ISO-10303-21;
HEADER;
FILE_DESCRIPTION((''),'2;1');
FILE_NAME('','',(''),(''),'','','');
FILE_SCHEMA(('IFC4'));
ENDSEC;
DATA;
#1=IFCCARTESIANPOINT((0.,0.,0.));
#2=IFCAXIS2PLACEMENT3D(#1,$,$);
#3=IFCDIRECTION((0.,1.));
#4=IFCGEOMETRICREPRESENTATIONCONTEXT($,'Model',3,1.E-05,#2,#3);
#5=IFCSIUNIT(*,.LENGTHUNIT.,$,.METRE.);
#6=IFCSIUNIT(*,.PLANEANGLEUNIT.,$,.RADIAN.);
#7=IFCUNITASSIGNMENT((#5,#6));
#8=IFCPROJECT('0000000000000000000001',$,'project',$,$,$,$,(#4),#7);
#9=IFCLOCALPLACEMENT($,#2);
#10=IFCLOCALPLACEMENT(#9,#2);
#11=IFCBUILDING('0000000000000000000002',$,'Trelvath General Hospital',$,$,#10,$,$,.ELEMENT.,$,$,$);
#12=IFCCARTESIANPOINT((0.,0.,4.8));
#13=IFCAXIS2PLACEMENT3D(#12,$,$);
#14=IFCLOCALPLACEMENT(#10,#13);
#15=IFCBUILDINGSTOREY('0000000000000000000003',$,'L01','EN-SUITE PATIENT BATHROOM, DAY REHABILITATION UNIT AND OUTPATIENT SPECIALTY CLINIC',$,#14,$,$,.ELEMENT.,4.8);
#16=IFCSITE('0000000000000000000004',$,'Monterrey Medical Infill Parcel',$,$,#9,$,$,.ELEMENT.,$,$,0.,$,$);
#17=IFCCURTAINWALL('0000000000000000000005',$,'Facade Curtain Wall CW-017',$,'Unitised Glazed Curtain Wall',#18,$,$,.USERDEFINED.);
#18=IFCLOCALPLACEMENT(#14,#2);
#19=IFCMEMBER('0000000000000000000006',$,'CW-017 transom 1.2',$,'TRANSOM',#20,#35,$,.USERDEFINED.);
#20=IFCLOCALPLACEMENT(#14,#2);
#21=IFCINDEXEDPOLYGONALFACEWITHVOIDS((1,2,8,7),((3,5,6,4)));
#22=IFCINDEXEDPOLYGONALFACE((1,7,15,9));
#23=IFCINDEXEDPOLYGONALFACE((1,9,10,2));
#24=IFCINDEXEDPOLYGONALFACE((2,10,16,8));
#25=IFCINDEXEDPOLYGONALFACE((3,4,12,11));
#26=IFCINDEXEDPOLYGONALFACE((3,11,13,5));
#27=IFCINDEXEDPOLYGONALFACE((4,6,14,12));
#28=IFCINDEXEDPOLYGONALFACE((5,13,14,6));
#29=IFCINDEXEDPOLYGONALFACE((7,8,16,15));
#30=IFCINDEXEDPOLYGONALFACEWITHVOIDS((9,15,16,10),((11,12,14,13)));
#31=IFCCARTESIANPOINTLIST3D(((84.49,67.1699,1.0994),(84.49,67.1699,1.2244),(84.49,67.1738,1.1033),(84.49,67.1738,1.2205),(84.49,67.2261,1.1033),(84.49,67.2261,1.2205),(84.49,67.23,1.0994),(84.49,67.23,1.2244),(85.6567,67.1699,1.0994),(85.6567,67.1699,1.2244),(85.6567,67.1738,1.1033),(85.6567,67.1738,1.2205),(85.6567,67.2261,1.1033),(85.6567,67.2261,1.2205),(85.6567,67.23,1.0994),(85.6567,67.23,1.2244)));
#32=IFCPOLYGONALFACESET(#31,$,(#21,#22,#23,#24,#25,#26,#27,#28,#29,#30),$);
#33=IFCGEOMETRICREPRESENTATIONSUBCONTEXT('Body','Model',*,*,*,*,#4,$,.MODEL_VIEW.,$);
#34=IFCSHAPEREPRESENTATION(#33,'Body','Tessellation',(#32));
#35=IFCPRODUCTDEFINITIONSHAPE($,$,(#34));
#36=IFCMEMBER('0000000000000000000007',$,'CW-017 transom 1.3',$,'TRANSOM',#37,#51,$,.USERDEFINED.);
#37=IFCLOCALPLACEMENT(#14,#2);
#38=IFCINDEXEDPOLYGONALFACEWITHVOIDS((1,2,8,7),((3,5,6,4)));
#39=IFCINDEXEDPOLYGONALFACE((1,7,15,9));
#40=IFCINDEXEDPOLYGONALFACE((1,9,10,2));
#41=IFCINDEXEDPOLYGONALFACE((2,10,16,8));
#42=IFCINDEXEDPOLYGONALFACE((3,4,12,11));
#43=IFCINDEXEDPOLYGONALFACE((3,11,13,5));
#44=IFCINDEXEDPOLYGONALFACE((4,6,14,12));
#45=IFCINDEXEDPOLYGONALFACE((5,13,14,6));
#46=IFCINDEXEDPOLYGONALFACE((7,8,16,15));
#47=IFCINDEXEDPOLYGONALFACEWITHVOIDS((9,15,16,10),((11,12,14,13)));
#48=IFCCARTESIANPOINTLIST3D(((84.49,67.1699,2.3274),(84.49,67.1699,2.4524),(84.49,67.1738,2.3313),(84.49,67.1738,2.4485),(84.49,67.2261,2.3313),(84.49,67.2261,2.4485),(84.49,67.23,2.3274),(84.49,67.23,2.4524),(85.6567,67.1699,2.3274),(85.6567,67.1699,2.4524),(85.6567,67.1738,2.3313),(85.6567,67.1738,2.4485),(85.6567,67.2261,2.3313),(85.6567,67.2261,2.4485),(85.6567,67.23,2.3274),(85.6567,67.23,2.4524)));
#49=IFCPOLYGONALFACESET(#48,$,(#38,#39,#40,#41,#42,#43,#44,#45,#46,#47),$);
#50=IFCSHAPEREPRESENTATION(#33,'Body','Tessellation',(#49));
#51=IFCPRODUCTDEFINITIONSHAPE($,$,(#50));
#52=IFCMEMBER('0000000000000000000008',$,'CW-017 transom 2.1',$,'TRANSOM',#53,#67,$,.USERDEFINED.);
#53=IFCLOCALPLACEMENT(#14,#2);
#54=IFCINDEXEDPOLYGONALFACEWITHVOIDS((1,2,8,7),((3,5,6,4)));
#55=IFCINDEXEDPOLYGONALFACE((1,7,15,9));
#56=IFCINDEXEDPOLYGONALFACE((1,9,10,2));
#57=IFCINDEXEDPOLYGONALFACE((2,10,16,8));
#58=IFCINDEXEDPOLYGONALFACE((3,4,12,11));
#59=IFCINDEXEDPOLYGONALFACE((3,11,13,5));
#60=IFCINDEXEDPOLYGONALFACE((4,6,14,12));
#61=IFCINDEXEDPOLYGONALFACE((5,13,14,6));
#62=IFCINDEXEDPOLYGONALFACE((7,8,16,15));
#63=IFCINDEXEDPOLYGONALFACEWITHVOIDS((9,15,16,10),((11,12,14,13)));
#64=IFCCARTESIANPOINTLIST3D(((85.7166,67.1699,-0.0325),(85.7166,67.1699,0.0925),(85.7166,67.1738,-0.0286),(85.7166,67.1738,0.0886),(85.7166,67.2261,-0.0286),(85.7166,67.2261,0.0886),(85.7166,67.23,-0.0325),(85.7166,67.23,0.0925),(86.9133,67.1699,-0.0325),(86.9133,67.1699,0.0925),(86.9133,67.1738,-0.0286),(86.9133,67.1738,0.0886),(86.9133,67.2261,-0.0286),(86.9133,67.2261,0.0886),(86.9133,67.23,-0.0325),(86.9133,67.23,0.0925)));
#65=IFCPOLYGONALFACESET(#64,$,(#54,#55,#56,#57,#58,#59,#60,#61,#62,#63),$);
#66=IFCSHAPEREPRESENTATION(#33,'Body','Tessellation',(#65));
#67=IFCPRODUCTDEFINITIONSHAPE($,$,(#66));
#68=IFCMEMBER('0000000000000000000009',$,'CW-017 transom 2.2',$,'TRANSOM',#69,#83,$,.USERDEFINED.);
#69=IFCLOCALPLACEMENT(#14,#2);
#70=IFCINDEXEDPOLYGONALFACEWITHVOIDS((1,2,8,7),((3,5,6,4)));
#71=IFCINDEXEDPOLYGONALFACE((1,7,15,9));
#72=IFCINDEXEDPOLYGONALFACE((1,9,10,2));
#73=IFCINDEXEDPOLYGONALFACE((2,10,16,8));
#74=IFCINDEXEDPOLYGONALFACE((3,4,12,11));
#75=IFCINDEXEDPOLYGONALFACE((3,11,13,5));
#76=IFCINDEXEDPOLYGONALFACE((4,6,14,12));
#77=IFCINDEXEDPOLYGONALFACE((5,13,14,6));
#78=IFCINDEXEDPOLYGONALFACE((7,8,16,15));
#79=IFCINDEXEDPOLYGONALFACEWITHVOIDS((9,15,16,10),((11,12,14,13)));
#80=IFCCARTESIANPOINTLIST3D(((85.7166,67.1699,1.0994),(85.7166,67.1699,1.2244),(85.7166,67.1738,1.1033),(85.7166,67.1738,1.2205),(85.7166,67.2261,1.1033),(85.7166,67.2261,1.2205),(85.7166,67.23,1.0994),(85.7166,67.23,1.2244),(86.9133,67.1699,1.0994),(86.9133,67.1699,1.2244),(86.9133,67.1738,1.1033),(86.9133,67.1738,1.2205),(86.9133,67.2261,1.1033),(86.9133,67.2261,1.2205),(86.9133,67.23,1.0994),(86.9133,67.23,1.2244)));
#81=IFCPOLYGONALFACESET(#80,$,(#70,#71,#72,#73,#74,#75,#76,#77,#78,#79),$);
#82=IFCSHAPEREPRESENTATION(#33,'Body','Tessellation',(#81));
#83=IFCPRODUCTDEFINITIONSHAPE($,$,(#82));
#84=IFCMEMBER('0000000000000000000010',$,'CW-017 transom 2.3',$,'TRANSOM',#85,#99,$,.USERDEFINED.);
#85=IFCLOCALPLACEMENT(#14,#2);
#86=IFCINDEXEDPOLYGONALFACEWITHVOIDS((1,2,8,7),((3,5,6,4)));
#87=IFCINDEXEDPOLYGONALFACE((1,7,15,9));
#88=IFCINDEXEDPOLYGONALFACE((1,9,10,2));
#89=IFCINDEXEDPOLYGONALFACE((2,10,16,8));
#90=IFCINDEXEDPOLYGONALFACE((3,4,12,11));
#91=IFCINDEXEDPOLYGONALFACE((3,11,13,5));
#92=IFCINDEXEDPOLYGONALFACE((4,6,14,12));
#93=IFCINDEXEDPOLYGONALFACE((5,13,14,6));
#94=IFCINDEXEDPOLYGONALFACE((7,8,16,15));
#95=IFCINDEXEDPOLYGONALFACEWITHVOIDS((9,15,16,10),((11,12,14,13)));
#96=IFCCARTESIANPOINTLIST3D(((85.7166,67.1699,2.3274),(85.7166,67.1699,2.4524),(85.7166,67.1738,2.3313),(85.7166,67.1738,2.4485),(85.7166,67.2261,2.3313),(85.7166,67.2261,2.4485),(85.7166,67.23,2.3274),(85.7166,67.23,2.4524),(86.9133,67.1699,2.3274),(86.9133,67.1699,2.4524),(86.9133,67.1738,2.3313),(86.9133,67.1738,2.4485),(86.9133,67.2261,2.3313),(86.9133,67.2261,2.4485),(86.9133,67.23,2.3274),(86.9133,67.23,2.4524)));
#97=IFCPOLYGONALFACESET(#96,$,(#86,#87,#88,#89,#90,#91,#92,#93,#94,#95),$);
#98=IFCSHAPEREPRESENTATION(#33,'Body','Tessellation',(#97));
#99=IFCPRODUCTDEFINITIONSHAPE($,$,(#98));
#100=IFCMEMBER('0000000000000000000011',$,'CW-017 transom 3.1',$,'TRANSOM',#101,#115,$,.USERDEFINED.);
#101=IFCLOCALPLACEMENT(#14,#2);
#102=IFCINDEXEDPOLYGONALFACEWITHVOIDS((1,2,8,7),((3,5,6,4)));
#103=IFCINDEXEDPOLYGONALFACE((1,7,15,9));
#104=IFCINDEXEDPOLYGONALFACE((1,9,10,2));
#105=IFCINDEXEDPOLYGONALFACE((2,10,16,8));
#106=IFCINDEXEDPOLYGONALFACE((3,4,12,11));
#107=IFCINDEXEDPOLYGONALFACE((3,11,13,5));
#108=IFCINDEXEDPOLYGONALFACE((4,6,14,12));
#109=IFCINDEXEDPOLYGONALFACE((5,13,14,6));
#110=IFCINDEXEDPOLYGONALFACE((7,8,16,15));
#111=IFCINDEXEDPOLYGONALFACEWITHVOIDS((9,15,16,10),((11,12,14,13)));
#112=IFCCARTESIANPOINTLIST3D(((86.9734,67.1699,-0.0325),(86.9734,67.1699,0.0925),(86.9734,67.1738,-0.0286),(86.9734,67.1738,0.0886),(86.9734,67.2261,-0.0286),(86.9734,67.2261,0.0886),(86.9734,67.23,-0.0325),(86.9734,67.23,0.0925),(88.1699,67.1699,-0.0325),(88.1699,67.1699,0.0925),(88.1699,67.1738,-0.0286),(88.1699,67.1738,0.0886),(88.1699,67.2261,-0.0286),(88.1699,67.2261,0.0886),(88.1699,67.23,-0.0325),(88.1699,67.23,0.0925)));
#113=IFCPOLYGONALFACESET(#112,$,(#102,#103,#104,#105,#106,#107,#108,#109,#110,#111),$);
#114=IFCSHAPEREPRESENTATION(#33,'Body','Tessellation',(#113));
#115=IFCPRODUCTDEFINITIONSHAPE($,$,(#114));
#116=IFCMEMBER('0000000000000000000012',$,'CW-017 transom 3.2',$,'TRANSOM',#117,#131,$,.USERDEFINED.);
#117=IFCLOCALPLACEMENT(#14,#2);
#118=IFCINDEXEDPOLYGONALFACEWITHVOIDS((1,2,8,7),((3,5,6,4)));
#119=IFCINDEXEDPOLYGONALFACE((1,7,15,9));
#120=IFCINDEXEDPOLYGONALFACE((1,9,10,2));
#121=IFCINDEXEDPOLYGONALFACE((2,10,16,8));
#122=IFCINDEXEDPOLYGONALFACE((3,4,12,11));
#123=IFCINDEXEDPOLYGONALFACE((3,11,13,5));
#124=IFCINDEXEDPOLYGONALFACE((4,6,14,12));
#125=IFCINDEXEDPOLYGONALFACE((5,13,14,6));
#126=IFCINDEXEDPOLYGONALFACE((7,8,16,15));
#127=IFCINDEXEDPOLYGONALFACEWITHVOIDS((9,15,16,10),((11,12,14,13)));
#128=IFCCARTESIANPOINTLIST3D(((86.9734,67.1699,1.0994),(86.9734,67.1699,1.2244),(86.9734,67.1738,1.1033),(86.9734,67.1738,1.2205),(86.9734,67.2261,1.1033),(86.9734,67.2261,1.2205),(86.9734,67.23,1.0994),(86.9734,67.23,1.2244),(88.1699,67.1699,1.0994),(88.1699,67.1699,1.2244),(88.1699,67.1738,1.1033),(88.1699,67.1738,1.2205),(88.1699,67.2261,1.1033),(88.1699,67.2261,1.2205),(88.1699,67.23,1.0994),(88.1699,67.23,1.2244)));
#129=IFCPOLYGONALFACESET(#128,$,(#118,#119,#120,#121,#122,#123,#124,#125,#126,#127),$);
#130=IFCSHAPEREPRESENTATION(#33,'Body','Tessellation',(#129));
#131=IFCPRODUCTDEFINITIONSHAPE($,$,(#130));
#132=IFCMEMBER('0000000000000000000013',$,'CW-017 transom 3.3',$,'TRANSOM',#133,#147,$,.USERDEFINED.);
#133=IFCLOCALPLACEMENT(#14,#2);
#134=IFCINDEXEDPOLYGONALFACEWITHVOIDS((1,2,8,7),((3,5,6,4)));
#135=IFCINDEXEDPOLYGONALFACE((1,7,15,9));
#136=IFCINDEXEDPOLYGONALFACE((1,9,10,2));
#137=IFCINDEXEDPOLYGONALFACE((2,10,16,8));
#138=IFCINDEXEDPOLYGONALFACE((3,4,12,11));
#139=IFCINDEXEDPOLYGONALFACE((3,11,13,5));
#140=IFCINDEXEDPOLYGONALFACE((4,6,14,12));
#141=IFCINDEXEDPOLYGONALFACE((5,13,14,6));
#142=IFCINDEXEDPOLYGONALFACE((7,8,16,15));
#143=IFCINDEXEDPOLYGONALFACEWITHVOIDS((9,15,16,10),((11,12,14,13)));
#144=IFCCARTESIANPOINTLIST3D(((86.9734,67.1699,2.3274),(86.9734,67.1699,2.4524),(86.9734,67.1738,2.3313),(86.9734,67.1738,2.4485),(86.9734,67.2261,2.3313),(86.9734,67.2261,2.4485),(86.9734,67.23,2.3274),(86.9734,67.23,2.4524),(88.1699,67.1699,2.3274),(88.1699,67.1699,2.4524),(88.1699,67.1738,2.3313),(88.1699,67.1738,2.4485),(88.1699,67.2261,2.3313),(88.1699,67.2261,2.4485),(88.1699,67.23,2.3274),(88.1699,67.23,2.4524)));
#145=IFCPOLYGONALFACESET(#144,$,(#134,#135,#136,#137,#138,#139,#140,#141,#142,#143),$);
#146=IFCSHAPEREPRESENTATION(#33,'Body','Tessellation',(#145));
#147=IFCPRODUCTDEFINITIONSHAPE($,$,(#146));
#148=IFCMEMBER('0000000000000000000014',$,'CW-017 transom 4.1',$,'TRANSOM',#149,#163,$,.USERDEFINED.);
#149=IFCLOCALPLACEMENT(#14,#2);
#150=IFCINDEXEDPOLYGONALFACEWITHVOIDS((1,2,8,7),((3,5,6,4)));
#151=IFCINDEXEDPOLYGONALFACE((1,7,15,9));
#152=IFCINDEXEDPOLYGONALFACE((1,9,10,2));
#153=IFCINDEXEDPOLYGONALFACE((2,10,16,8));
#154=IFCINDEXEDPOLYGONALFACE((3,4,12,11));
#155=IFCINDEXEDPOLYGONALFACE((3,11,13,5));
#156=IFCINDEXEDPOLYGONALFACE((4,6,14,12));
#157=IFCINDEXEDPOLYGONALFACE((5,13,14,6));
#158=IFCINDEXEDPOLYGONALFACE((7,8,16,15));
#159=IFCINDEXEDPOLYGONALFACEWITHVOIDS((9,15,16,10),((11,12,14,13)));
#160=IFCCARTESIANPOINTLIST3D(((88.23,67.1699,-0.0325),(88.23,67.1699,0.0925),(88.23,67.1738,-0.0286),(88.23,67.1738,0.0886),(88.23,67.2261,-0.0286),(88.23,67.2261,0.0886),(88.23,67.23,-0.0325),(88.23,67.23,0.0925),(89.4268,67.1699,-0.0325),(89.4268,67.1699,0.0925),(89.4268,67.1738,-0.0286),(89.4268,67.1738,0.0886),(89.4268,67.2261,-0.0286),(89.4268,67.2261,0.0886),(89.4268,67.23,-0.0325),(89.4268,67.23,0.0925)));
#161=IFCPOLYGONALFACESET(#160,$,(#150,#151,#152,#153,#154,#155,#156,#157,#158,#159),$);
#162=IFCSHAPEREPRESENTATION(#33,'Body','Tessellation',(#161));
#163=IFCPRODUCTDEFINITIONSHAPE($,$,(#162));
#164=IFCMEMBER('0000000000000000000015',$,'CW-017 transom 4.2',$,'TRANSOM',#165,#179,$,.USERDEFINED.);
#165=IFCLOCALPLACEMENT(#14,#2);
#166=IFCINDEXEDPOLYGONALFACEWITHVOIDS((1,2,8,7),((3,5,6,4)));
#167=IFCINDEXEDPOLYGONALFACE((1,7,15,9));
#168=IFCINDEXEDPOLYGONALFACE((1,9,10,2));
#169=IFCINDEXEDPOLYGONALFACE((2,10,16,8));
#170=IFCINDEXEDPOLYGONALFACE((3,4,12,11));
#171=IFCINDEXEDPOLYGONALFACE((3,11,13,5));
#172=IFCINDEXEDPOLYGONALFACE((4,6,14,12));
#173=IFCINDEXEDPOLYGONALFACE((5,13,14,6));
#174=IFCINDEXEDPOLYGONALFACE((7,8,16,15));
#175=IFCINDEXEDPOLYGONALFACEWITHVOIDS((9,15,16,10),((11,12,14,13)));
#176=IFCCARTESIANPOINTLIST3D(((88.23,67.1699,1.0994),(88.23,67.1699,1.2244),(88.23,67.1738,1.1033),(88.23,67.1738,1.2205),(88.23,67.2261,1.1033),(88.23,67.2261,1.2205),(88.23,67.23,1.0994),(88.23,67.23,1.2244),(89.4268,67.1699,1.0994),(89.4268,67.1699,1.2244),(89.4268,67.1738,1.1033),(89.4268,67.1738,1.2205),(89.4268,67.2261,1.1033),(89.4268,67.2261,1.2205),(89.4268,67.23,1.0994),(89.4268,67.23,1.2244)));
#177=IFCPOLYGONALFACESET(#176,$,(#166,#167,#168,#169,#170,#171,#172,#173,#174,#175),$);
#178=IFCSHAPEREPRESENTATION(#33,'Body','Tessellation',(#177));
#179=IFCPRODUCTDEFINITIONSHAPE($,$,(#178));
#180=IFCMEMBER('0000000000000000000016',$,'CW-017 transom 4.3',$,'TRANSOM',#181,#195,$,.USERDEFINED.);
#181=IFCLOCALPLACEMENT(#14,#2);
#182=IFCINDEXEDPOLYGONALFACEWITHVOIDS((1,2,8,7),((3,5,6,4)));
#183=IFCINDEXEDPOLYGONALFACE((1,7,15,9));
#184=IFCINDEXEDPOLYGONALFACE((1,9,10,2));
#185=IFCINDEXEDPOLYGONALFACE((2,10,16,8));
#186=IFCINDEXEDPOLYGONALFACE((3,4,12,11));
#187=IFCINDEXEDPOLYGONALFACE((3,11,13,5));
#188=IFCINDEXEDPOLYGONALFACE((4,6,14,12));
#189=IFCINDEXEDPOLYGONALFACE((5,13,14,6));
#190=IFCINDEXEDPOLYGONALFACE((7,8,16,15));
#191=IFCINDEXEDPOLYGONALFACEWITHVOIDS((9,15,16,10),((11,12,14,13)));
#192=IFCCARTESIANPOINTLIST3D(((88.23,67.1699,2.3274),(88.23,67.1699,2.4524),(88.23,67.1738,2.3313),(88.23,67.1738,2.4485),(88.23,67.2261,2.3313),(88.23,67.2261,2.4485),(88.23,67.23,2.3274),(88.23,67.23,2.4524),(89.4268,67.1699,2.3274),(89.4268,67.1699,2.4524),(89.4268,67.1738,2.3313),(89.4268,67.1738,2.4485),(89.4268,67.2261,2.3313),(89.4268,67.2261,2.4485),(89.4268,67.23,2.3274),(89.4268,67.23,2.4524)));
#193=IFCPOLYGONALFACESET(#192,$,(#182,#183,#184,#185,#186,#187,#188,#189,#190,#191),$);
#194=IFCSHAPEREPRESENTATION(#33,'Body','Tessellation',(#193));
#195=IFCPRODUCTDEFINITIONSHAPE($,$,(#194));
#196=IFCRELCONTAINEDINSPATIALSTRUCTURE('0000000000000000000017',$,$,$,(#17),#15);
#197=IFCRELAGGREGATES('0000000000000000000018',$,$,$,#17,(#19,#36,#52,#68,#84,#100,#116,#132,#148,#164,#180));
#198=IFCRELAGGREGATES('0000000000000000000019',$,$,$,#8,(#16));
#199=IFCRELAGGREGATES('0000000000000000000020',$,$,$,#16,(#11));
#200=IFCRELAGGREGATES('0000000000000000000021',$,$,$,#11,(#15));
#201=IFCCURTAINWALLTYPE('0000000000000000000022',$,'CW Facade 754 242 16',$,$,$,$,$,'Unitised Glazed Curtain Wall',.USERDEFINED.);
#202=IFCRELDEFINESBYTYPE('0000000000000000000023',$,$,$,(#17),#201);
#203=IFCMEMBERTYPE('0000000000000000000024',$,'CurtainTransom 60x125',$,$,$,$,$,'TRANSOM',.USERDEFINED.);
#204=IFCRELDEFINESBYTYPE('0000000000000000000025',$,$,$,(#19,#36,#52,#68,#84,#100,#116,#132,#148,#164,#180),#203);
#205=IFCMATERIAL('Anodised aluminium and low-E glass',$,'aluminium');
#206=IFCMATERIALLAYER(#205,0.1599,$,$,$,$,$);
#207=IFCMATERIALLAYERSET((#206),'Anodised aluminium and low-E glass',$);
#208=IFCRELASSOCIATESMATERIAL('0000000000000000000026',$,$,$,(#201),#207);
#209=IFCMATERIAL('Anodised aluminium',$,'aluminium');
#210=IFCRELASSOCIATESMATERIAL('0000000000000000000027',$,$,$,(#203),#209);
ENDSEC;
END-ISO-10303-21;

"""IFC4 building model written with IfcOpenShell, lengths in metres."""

from ifc_helpers import new_model, si_unit, direction, frame, origin, origin_2d, place, context, subcontext, project, spatial, hollow_rectangle, extrude, material, layer, layer_set, material_profile, profile_set, type_object, element, aggregate, save


model = new_model("IFC4")

# Units and contexts
model_context = context("Model", 3, precision=1e-05, world=origin(), true_north=direction((0.0, 1.0)))
body_context = subcontext(model_context, "Body", "Model", "MODEL_VIEW")
ifc_project = project(units=[si_unit("LENGTHUNIT", "METRE"), si_unit("PLANEANGLEUNIT", "RADIAN")], contexts=[model_context])

# Site, building, storey
site_placement = place(None, origin())
site = spatial("IfcSite", under=ifc_project, at=site_placement, Name="Monterrey Medical Infill Parcel", CompositionType="ELEMENT", RefElevation=0.0)
building_placement = place(site_placement, origin())
building = spatial("IfcBuilding", under=site, at=building_placement, Name="Trelvath General Hospital", CompositionType="ELEMENT")
storey_placement = place(building_placement, frame((0.0, 0.0, 4.8)))
storey = spatial("IfcBuildingStorey", under=building, at=storey_placement, Name="L01", Description="EN-SUITE PATIENT BATHROOM, DAY REHABILITATION UNIT AND OUTPATIENT SPECIALTY CLINIC", CompositionType="ELEMENT", Elevation=4.8)

# Curtain wall, members
ifc_material_1 = material(Name="Anodised aluminium and low-E glass", Category="aluminium")
ifc_layer_1 = layer(ifc_material_1, 0.1599)
ifc_layer_set_1 = layer_set([ifc_layer_1], Name="Anodised aluminium and low-E glass")
curtain_wall_type = type_object("IfcCurtainWallType", Name="CW Facade 754 242 16", ElementType="Unitised Glazed Curtain Wall", PredefinedType="USERDEFINED", material=ifc_layer_set_1)
curtain_wall_placement = place(storey_placement, origin())
curtain_wall = element("IfcCurtainWall", 1, at=curtain_wall_placement, inside=storey, type_object=curtain_wall_type, Name="Facade Curtain Wall CW-017", ObjectType="Unitised Glazed Curtain Wall", PredefinedType="USERDEFINED")
ifc_material_2 = material(Name="Anodised aluminium", Category="aluminium")
ifc_material_profile_1 = material_profile(ifc_material_2, hollow_rectangle(XDim=0.0601, YDim=0.125, WallThickness=0.0039, at=origin_2d()), Name="RHS60x125x4")
ifc_profile_set_1 = profile_set([ifc_material_profile_1], Name="Anodised aluminium")
member_type_1 = type_object("IfcMemberType", Name="CurtainTransom 60x125", ElementType="TRANSOM", PredefinedType="USERDEFINED", material=ifc_profile_set_1)
member_1_placement = place(storey_placement, frame((84.49, 67.2, 1.1619), z_axis=(1.0, 0.0, 0.0), x_axis=(0.0, 1.0, 0.0)))
member_1 = element("IfcMember", 2, at=member_1_placement, type_object=member_type_1, Name="CW-017 transom 1.2", ObjectType="TRANSOM", PredefinedType="USERDEFINED", context=body_context, shape_type="SweptSolid", body=[
    extrude(hollow_rectangle(XDim=0.0601, YDim=0.125, WallThickness=0.0039, at=origin_2d()), origin(), (0.0, 0.0, 1.0), 1.1667),
])
member_2_placement = place(storey_placement, frame((84.49, 67.2, 2.3899), z_axis=(1.0, 0.0, 0.0), x_axis=(0.0, 1.0, 0.0)))
member_2 = element("IfcMember", 3, at=member_2_placement, type_object=member_type_1, Name="CW-017 transom 1.3", ObjectType="TRANSOM", PredefinedType="USERDEFINED", context=body_context, shape_type="SweptSolid", body=[
    extrude(hollow_rectangle(XDim=0.0601, YDim=0.125, WallThickness=0.0039, at=origin_2d()), origin(), (0.0, 0.0, 1.0), 1.1667),
])
member_3_placement = place(storey_placement, frame((85.7166, 67.2, 0.03), z_axis=(1.0, 0.0, 0.0), x_axis=(0.0, 1.0, 0.0)))
member_3 = element("IfcMember", 4, at=member_3_placement, type_object=member_type_1, Name="CW-017 transom 2.1", ObjectType="TRANSOM", PredefinedType="USERDEFINED", context=body_context, shape_type="SweptSolid", body=[
    extrude(hollow_rectangle(XDim=0.0601, YDim=0.125, WallThickness=0.0039, at=origin_2d()), origin(), (0.0, 0.0, 1.0), 1.1968),
])
member_4_placement = place(storey_placement, frame((85.7166, 67.2, 1.1619), z_axis=(1.0, 0.0, 0.0), x_axis=(0.0, 1.0, 0.0)))
member_4 = element("IfcMember", 5, at=member_4_placement, type_object=member_type_1, Name="CW-017 transom 2.2", ObjectType="TRANSOM", PredefinedType="USERDEFINED", context=body_context, shape_type="SweptSolid", body=[
    extrude(hollow_rectangle(XDim=0.0601, YDim=0.125, WallThickness=0.0039, at=origin_2d()), origin(), (0.0, 0.0, 1.0), 1.1968),
])
member_5_placement = place(storey_placement, frame((85.7166, 67.2, 2.3899), z_axis=(1.0, 0.0, 0.0), x_axis=(0.0, 1.0, 0.0)))
member_5 = element("IfcMember", 6, at=member_5_placement, type_object=member_type_1, Name="CW-017 transom 2.3", ObjectType="TRANSOM", PredefinedType="USERDEFINED", context=body_context, shape_type="SweptSolid", body=[
    extrude(hollow_rectangle(XDim=0.0601, YDim=0.125, WallThickness=0.0039, at=origin_2d()), origin(), (0.0, 0.0, 1.0), 1.1968),
])
member_6_placement = place(storey_placement, frame((86.9734, 67.2, 0.03), z_axis=(1.0, 0.0, 0.0), x_axis=(0.0, 1.0, 0.0)))
member_6 = element("IfcMember", 7, at=member_6_placement, type_object=member_type_1, Name="CW-017 transom 3.1", ObjectType="TRANSOM", PredefinedType="USERDEFINED", context=body_context, shape_type="SweptSolid", body=[
    extrude(hollow_rectangle(XDim=0.0601, YDim=0.125, WallThickness=0.0039, at=origin_2d()), origin(), (0.0, 0.0, 1.0), 1.1965),
])
member_7_placement = place(storey_placement, frame((86.9734, 67.2, 1.1619), z_axis=(1.0, 0.0, 0.0), x_axis=(0.0, 1.0, 0.0)))
member_7 = element("IfcMember", 8, at=member_7_placement, type_object=member_type_1, Name="CW-017 transom 3.2", ObjectType="TRANSOM", PredefinedType="USERDEFINED", context=body_context, shape_type="SweptSolid", body=[
    extrude(hollow_rectangle(XDim=0.0601, YDim=0.125, WallThickness=0.0039, at=origin_2d()), origin(), (0.0, 0.0, 1.0), 1.1965),
])
member_8_placement = place(storey_placement, frame((86.9734, 67.2, 2.3899), z_axis=(1.0, 0.0, 0.0), x_axis=(0.0, 1.0, 0.0)))
member_8 = element("IfcMember", 9, at=member_8_placement, type_object=member_type_1, Name="CW-017 transom 3.3", ObjectType="TRANSOM", PredefinedType="USERDEFINED", context=body_context, shape_type="SweptSolid", body=[
    extrude(hollow_rectangle(XDim=0.0601, YDim=0.125, WallThickness=0.0039, at=origin_2d()), origin(), (0.0, 0.0, 1.0), 1.1965),
])
member_9_placement = place(storey_placement, frame((88.23, 67.2, 0.03), z_axis=(1.0, 0.0, 0.0), x_axis=(0.0, 1.0, 0.0)))
member_9 = element("IfcMember", 10, at=member_9_placement, type_object=member_type_1, Name="CW-017 transom 4.1", ObjectType="TRANSOM", PredefinedType="USERDEFINED", context=body_context, shape_type="SweptSolid", body=[
    extrude(hollow_rectangle(XDim=0.0601, YDim=0.125, WallThickness=0.0039, at=origin_2d()), origin(), (0.0, 0.0, 1.0), 1.1968),
])
member_10_placement = place(storey_placement, frame((88.23, 67.2, 1.1619), z_axis=(1.0, 0.0, 0.0), x_axis=(0.0, 1.0, 0.0)))
member_10 = element("IfcMember", 11, at=member_10_placement, type_object=member_type_1, Name="CW-017 transom 4.2", ObjectType="TRANSOM", PredefinedType="USERDEFINED", context=body_context, shape_type="SweptSolid", body=[
    extrude(hollow_rectangle(XDim=0.0601, YDim=0.125, WallThickness=0.0039, at=origin_2d()), origin(), (0.0, 0.0, 1.0), 1.1968),
])
member_11_placement = place(storey_placement, frame((88.23, 67.2, 2.3899), z_axis=(1.0, 0.0, 0.0), x_axis=(0.0, 1.0, 0.0)))
member_11 = element("IfcMember", 12, at=member_11_placement, type_object=member_type_1, Name="CW-017 transom 4.3", ObjectType="TRANSOM", PredefinedType="USERDEFINED", context=body_context, shape_type="SweptSolid", body=[
    extrude(hollow_rectangle(XDim=0.0601, YDim=0.125, WallThickness=0.0039, at=origin_2d()), origin(), (0.0, 0.0, 1.0), 1.1968),
])
aggregate(curtain_wall, [member_1, member_2, member_3, member_4, member_5, member_6, member_7, member_8, member_9, member_10, member_11])

save(model, "model.ifc")
